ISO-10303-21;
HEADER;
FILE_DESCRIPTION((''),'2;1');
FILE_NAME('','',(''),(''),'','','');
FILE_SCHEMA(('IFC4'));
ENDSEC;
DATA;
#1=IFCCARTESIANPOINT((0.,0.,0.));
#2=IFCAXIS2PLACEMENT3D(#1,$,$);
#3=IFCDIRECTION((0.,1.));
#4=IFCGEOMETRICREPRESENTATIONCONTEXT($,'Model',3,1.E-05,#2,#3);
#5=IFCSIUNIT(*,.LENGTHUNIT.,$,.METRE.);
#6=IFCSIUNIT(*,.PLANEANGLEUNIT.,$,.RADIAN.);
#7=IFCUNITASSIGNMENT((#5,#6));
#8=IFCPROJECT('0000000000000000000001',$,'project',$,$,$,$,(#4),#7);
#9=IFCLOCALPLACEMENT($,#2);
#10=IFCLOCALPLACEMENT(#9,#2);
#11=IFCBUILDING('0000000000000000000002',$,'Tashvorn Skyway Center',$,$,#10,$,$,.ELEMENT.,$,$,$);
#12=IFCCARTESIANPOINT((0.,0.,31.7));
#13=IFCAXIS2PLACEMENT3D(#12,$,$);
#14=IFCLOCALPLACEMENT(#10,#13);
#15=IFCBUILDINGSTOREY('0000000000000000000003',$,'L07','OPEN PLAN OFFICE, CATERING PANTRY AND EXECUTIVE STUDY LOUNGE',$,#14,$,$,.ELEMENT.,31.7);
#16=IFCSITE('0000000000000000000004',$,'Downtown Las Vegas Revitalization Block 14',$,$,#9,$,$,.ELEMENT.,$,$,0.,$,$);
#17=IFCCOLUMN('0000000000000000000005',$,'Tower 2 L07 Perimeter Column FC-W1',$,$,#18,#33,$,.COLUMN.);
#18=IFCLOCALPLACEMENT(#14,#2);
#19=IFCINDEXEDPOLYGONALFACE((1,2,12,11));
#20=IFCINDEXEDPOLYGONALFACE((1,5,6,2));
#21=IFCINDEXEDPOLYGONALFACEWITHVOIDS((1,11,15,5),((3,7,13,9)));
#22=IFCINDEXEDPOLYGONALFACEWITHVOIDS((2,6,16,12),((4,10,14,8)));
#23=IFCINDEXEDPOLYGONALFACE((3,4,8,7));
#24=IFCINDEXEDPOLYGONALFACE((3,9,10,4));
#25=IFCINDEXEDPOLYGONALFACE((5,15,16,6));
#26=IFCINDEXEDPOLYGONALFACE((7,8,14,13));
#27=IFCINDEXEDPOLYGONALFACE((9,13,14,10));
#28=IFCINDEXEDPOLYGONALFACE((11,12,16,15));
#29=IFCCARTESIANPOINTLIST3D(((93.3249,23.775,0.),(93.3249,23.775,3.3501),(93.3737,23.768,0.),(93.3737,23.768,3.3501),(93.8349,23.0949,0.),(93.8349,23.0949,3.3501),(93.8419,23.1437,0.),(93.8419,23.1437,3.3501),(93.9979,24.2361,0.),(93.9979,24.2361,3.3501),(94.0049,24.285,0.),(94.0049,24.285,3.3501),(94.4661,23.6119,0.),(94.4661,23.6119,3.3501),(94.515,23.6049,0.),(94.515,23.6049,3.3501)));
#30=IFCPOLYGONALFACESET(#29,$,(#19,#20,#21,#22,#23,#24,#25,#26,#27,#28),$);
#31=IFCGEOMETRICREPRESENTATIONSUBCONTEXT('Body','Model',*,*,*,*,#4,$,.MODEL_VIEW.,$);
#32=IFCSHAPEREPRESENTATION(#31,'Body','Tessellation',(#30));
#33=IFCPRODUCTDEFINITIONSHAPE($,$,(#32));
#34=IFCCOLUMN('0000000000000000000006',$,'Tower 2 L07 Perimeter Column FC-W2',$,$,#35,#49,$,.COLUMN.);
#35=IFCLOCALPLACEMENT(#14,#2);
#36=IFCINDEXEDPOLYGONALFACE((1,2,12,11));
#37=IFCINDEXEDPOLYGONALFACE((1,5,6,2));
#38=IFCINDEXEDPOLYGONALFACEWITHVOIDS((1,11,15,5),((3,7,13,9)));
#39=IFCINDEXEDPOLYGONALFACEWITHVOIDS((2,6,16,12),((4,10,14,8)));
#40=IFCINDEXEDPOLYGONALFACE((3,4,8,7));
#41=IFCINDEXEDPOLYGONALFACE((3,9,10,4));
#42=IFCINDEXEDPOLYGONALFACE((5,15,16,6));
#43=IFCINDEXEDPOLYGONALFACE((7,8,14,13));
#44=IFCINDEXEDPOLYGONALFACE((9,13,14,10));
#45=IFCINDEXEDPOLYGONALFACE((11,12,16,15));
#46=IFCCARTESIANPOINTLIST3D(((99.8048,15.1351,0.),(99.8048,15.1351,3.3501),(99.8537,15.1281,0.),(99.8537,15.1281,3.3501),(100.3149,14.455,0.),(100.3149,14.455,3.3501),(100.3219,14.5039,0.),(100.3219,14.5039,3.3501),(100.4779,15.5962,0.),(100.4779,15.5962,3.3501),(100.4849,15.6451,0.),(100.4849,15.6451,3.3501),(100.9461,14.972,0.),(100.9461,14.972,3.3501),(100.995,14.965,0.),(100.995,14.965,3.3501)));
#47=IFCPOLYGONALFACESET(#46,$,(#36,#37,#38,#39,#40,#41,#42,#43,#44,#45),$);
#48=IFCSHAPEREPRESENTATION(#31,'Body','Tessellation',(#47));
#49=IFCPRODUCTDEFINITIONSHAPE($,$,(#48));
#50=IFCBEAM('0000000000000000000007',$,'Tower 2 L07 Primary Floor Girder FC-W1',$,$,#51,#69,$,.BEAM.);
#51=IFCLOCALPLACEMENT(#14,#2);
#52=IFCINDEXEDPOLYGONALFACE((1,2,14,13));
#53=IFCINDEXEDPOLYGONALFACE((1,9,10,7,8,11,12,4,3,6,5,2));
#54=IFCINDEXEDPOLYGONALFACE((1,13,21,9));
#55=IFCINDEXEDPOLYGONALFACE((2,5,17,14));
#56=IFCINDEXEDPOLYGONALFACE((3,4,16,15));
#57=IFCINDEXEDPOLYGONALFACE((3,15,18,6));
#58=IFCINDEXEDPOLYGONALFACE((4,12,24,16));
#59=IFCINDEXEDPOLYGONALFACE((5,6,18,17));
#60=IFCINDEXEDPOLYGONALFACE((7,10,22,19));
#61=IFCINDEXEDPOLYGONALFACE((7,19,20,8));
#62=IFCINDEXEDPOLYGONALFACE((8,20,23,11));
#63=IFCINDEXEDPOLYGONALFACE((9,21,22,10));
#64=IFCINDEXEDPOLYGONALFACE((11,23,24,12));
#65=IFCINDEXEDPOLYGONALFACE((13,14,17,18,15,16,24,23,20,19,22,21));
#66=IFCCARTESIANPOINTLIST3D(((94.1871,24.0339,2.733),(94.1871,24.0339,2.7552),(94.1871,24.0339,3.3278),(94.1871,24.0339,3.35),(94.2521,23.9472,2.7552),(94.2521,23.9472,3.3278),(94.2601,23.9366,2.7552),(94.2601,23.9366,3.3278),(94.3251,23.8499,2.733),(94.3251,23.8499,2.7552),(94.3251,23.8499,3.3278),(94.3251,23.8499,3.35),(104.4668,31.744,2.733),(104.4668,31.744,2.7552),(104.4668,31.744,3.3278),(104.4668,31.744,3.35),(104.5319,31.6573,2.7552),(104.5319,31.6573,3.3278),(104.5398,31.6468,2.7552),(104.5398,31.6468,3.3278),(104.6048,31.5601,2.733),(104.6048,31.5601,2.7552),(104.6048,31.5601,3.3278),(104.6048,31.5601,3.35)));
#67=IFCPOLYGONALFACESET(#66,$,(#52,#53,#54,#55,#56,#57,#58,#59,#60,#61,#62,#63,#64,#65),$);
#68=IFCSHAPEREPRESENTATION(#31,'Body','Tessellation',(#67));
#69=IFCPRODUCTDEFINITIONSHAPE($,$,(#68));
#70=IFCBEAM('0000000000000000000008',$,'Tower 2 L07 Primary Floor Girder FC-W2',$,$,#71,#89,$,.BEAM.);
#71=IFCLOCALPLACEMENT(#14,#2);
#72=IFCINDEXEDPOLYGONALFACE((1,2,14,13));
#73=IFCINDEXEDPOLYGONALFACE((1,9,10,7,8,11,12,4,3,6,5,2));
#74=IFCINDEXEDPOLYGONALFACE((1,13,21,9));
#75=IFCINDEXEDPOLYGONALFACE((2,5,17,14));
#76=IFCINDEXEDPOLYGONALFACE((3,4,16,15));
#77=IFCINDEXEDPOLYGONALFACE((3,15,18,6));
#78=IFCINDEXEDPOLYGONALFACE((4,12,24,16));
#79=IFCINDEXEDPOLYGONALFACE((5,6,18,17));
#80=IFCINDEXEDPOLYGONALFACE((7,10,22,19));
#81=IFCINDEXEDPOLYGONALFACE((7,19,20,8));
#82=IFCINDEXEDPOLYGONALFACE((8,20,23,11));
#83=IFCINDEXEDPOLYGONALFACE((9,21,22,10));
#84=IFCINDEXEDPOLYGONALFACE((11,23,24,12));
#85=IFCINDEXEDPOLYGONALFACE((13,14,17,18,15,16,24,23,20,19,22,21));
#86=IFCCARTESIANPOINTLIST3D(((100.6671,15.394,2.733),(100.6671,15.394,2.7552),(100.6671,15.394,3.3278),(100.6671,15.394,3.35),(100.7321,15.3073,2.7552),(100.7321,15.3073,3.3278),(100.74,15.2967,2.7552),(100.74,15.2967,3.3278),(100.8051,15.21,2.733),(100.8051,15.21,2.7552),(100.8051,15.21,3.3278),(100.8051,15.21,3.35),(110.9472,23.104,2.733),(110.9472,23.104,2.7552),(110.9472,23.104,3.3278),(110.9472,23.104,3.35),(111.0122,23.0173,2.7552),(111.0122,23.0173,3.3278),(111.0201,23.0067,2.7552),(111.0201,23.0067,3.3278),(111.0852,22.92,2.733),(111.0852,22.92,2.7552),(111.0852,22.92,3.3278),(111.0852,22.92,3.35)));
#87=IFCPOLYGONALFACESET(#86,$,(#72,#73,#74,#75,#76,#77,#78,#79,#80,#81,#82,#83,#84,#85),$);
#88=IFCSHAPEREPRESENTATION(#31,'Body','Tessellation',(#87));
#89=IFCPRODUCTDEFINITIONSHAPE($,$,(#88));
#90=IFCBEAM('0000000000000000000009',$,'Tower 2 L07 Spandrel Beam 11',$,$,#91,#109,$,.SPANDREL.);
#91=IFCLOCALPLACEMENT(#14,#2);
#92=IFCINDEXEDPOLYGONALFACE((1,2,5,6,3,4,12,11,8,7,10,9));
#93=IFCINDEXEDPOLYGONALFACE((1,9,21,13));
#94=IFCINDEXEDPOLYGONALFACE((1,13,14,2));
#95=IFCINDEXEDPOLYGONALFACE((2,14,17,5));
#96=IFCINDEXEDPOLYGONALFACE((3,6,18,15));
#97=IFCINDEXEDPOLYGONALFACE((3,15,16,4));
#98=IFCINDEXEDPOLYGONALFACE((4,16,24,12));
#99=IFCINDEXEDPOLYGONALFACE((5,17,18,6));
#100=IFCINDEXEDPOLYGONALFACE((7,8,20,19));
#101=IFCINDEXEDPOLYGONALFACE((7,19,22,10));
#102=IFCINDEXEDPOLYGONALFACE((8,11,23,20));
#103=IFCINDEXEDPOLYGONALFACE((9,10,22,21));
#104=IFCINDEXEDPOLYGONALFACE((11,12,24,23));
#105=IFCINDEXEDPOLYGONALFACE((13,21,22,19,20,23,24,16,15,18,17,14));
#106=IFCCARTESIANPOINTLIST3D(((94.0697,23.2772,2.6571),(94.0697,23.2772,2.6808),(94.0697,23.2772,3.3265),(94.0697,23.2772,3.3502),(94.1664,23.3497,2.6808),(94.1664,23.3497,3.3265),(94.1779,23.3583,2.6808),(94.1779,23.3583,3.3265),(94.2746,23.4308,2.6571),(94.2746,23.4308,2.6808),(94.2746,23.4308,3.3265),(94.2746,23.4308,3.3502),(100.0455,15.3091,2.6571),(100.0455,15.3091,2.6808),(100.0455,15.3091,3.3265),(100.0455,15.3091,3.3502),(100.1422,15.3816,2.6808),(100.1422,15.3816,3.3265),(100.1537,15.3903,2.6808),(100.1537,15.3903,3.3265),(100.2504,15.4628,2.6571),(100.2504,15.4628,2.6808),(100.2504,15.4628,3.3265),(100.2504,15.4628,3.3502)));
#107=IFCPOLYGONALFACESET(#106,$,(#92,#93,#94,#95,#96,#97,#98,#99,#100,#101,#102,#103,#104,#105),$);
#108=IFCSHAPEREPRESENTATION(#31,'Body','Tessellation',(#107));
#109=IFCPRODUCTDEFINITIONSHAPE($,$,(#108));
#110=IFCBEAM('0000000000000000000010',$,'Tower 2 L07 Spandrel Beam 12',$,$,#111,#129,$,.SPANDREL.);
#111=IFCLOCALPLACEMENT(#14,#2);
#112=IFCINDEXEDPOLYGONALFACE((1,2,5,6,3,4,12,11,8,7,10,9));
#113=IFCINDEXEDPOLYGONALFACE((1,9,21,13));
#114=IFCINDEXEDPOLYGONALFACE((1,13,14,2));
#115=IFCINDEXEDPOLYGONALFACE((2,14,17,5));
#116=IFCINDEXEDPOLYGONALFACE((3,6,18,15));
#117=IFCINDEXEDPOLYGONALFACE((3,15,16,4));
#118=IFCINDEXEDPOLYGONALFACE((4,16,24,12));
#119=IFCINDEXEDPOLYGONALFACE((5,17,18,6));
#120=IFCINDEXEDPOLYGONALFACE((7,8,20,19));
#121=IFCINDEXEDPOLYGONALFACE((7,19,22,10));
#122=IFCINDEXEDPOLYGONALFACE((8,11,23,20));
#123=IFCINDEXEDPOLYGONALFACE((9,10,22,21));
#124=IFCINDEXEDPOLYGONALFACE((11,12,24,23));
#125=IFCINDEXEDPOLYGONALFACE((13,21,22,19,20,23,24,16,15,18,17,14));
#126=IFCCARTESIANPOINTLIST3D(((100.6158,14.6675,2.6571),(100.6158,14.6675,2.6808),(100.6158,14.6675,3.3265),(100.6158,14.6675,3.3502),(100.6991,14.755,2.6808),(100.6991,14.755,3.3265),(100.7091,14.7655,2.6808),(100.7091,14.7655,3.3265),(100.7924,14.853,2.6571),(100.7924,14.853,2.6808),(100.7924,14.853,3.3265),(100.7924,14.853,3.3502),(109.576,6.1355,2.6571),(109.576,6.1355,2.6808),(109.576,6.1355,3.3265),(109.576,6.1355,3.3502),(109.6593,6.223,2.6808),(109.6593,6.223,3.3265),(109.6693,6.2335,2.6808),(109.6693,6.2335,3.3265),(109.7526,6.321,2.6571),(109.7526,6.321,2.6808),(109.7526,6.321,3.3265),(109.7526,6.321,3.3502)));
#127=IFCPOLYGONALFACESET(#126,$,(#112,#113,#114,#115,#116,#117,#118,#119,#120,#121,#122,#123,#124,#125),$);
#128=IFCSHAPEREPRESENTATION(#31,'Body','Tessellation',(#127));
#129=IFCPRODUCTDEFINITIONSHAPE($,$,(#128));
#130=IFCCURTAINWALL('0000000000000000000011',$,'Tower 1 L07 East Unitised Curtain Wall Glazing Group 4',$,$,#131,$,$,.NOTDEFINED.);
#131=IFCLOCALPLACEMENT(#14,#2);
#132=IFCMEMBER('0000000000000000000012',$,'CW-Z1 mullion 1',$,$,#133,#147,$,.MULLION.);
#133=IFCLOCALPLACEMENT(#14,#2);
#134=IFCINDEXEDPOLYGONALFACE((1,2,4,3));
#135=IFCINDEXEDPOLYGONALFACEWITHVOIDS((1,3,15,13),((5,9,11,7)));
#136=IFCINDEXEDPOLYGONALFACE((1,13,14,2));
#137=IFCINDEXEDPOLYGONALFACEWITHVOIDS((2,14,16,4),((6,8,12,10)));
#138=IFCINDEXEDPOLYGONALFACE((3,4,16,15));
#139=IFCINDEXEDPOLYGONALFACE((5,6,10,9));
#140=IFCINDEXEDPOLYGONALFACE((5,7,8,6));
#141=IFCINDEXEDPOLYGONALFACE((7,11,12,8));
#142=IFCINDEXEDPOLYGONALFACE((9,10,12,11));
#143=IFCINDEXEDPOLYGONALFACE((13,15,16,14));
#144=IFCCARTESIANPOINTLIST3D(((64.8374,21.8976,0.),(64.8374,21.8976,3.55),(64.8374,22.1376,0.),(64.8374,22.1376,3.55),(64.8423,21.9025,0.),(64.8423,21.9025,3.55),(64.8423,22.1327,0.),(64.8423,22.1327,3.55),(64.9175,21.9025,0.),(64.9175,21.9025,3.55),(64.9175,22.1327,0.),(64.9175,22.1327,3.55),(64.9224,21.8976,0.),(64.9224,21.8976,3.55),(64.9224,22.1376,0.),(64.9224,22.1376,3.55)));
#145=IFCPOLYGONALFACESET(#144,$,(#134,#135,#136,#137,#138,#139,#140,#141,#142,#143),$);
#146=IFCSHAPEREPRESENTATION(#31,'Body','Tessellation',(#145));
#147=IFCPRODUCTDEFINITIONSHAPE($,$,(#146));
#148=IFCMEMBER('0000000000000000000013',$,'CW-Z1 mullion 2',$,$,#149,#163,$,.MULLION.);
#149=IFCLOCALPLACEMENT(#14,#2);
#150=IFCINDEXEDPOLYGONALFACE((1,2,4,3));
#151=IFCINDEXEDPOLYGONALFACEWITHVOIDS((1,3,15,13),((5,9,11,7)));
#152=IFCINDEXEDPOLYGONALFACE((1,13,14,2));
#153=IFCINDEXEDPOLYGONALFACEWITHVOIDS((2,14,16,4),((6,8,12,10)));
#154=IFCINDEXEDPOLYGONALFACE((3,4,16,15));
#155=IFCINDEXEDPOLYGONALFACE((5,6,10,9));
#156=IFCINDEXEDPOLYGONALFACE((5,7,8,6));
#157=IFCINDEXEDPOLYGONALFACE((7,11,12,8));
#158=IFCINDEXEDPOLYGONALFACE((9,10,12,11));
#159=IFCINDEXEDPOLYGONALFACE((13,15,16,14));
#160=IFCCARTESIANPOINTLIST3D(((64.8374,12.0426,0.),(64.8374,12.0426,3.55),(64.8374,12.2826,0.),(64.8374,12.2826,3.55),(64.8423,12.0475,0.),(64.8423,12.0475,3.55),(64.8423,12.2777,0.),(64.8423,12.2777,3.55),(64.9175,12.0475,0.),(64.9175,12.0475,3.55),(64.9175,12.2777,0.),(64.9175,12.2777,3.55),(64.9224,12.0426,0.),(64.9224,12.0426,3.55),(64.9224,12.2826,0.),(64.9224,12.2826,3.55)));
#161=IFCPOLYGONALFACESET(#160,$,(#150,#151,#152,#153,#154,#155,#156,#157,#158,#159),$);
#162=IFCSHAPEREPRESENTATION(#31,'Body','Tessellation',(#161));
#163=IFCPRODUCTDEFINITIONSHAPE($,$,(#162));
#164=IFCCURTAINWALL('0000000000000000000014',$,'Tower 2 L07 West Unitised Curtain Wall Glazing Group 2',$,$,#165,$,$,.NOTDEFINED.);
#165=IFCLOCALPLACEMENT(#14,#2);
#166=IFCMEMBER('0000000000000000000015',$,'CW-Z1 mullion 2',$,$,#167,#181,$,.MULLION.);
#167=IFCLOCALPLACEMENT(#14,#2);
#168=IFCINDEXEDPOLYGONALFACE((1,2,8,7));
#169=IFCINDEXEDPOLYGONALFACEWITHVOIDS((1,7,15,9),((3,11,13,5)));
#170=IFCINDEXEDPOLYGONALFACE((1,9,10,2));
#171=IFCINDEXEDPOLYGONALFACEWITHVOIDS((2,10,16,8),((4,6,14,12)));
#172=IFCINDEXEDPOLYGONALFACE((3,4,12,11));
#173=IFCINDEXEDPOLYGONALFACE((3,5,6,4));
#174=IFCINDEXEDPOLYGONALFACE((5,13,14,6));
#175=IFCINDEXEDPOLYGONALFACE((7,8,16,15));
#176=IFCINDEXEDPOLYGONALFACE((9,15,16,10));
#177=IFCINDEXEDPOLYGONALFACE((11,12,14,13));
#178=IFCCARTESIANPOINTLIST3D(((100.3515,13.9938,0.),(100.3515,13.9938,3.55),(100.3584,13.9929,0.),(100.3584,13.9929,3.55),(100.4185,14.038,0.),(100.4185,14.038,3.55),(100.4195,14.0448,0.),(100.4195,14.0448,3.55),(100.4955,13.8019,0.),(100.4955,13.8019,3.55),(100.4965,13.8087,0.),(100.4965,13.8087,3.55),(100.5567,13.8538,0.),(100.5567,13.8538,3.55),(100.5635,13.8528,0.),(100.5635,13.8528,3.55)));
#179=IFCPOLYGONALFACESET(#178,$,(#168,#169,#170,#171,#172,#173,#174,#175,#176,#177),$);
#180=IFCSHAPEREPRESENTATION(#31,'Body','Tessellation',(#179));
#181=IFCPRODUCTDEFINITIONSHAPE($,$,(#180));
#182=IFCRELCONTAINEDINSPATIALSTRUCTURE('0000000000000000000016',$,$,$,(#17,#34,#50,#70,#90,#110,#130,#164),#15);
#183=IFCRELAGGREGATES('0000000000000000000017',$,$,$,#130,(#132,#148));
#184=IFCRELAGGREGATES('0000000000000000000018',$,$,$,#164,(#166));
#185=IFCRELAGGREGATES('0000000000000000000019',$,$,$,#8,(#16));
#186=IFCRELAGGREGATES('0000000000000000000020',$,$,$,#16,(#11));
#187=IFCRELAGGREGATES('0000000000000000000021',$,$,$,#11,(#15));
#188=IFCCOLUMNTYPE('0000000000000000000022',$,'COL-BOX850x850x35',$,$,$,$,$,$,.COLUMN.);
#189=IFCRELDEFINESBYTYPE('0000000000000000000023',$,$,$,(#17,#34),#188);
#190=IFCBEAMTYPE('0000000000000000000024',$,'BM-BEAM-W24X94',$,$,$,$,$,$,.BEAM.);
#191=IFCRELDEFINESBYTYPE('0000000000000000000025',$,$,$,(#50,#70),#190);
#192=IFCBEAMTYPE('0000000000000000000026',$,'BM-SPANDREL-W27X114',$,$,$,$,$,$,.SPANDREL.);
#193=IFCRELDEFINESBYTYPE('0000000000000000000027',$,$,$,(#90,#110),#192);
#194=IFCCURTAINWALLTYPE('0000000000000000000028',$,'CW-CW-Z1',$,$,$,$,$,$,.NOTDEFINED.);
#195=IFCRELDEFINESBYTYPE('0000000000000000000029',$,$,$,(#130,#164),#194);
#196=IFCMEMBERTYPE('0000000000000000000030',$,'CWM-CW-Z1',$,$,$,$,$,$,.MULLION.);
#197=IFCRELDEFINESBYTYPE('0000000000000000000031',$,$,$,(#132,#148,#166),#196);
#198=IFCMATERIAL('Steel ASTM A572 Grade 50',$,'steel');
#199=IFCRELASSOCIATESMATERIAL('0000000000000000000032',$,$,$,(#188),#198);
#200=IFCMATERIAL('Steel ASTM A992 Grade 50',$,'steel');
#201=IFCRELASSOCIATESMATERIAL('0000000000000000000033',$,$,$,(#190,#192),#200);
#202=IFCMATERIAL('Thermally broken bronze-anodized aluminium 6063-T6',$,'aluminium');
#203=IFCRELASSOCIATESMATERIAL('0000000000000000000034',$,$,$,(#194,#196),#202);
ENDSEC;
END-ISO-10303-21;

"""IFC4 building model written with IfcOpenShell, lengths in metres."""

from ifc_helpers import new_model, si_unit, direction, frame, origin, origin_2d, place, context, subcontext, project, spatial, hollow_rectangle, i_section, extrude, material, material_profile, profile_set, type_object, element, aggregate, save


model = new_model("IFC4")

# Units and contexts
model_context = context("Model", 3, precision=1e-05, world=origin(), true_north=direction((0.0, 1.0)))
body_context = subcontext(model_context, "Body", "Model", "MODEL_VIEW")
ifc_project = project(units=[si_unit("LENGTHUNIT", "METRE"), si_unit("PLANEANGLEUNIT", "RADIAN")], contexts=[model_context])

# Site, building, storey
site_placement = place(None, origin())
site = spatial("IfcSite", under=ifc_project, at=site_placement, Name="Downtown Las Vegas Revitalization Block 14", CompositionType="ELEMENT", RefElevation=0.0)
building_placement = place(site_placement, origin())
building = spatial("IfcBuilding", under=site, at=building_placement, Name="Tashvorn Skyway Center", CompositionType="ELEMENT")
storey_placement = place(building_placement, frame((0.0, 0.0, 31.7)))
storey = spatial("IfcBuildingStorey", under=building, at=storey_placement, Name="L07", Description="OPEN PLAN OFFICE, CATERING PANTRY AND EXECUTIVE STUDY LOUNGE", CompositionType="ELEMENT", Elevation=31.7)

# Columns
ifc_material_1 = material(Name="Steel ASTM A572 Grade 50", Category="steel")
ifc_material_profile_1 = material_profile(ifc_material_1, hollow_rectangle(XDim=0.8501, YDim=0.8501, WallThickness=0.0349, at=origin_2d()), Name="BOX850x850x35")
ifc_profile_set_1 = profile_set([ifc_material_profile_1], Name="Steel ASTM A572 Grade 50")
column_type = type_object("IfcColumnType", Name="COL-BOX850x850x35", PredefinedType="COLUMN", material=ifc_profile_set_1)
for number, where, z_axis, x_axis, name in (
    (1, (93.9199, 23.6899, 0.0), (0.0, 0.0, 1.0), (0.8, 0.6, 0.0), "Tower 2 L07 Perimeter Column FC-W1"),
    (2, (100.3999, 15.05, 0.0), (0.0, 0.0, 1.0), (0.8, 0.6, 0.0), "Tower 2 L07 Perimeter Column FC-W2"),
):
    element("IfcColumn", number, at=place(storey_placement, frame(where, z_axis=z_axis, x_axis=x_axis)), inside=storey, type_object=column_type, Name=name, PredefinedType="COLUMN", context=body_context, shape_type="SweptSolid", body=[
        extrude(hollow_rectangle(XDim=0.8501, YDim=0.8501, WallThickness=0.0349, at=origin_2d()), origin(), (0.0, 0.0, 1.0), 3.3501),
    ])

# Beams
ifc_material_2 = material(Name="Steel ASTM A992 Grade 50", Category="steel")
ifc_material_profile_2 = material_profile(ifc_material_2, i_section(OverallWidth=0.23, OverallDepth=0.6169, WebThickness=0.0132, FlangeThickness=0.0222, at=origin_2d()), Name="W24X94")
ifc_profile_set_2 = profile_set([ifc_material_profile_2], Name="Steel ASTM A992 Grade 50")
beam_type_1 = type_object("IfcBeamType", Name="BM-BEAM-W24X94", PredefinedType="BEAM", material=ifc_profile_set_2)
beam_1_placement = place(storey_placement, frame((94.2561, 23.9419, 3.0415), z_axis=(0.799986, 0.600018, 0.0), x_axis=(-0.600018, 0.799986, 0.0)))
element("IfcBeam", 3, at=beam_1_placement, inside=storey, type_object=beam_type_1, Name="Tower 2 L07 Primary Floor Girder FC-W1", PredefinedType="BEAM", context=body_context, shape_type="SweptSolid", body=[
    extrude(i_section(OverallWidth=0.23, OverallDepth=0.6169, WebThickness=0.0132, FlangeThickness=0.0222, at=origin_2d()), origin(), (0.0, 0.0, 1.0), 12.8499),
])
beam_2_placement = place(storey_placement, frame((100.7361, 15.302, 3.0415), z_axis=(0.800002, 0.599997, 0.0), x_axis=(-0.599997, 0.800002, 0.0)))
element("IfcBeam", 4, at=beam_2_placement, inside=storey, type_object=beam_type_1, Name="Tower 2 L07 Primary Floor Girder FC-W2", PredefinedType="BEAM", context=body_context, shape_type="SweptSolid", body=[
    extrude(i_section(OverallWidth=0.23, OverallDepth=0.6169, WebThickness=0.0132, FlangeThickness=0.0222, at=origin_2d()), origin(), (0.0, 0.0, 1.0), 12.8501),
])
ifc_material_profile_3 = material_profile(ifc_material_2, i_section(OverallWidth=0.2561, OverallDepth=0.6931, WebThickness=0.0144, FlangeThickness=0.0237, at=origin_2d()), Name="W27X114")
ifc_profile_set_3 = profile_set([ifc_material_profile_3], Name="Steel ASTM A992 Grade 50")
beam_type_2 = type_object("IfcBeamType", Name="BM-SPANDREL-W27X114", PredefinedType="SPANDREL", material=ifc_profile_set_3)
beam_3_placement = place(storey_placement, frame((94.1721, 23.354, 3.0037), z_axis=(0.599988, -0.800009, 0.0), x_axis=(0.800009, 0.599988, 0.0)))
element("IfcBeam", 5, at=beam_3_placement, inside=storey, type_object=beam_type_2, Name="Tower 2 L07 Spandrel Beam 11", PredefinedType="SPANDREL", context=body_context, shape_type="SweptSolid", body=[
    extrude(i_section(OverallWidth=0.2561, OverallDepth=0.6931, WebThickness=0.0144, FlangeThickness=0.0237, at=origin_2d()), origin(), (0.0, 0.0, 1.0), 9.96),
])
beam_4_placement = place(storey_placement, frame((100.7041, 14.7603, 3.0037), z_axis=(0.7242, -0.68959, 0.0), x_axis=(0.68959, 0.7242, 0.0)))
element("IfcBeam", 6, at=beam_4_placement, inside=storey, type_object=beam_type_2, Name="Tower 2 L07 Spandrel Beam 12", PredefinedType="SPANDREL", context=body_context, shape_type="SweptSolid", body=[
    extrude(i_section(OverallWidth=0.2561, OverallDepth=0.6931, WebThickness=0.0144, FlangeThickness=0.0237, at=origin_2d()), origin(), (0.0, 0.0, 1.0), 12.3726),
])

# Curtain wall, members
ifc_material_3 = material(Name="Thermally broken bronze-anodized aluminium 6063-T6", Category="aluminium")
curtain_wall_type = type_object("IfcCurtainWallType", Name="CW-CW-Z1", PredefinedType="NOTDEFINED", material=ifc_material_3)
curtain_wall_1_placement = place(storey_placement, origin())
curtain_wall_1 = element("IfcCurtainWall", 7, at=curtain_wall_1_placement, inside=storey, type_object=curtain_wall_type, Name="Tower 1 L07 East Unitised Curtain Wall Glazing Group 4", PredefinedType="NOTDEFINED")
ifc_material_profile_4 = material_profile(ifc_material_3, hollow_rectangle(XDim=0.085, YDim=0.24, WallThickness=0.0049, at=origin_2d()), Name="ALU-MULL-85x240")
ifc_profile_set_4 = profile_set([ifc_material_profile_4], Name="Thermally broken bronze-anodized aluminium 6063-T6")
member_type_1 = type_object("IfcMemberType", Name="CWM-CW-Z1", PredefinedType="MULLION", material=ifc_profile_set_4)
member_1_placement = place(storey_placement, frame((64.8799, 22.0176, 0.0), z_axis=(0.0, 0.0, 1.0), x_axis=(1.0, 0.0, 0.0)))
member_1 = element("IfcMember", 8, at=member_1_placement, type_object=member_type_1, Name="CW-Z1 mullion 1", PredefinedType="MULLION", context=body_context, shape_type="SweptSolid", body=[
    extrude(hollow_rectangle(XDim=0.085, YDim=0.24, WallThickness=0.0049, at=origin_2d()), origin(), (0.0, 0.0, 1.0), 3.55),
])
member_2_placement = place(storey_placement, frame((64.8799, 12.1626, 0.0), z_axis=(0.0, 0.0, 1.0), x_axis=(1.0, 0.0, 0.0)))
member_2 = element("IfcMember", 9, at=member_2_placement, type_object=member_type_1, Name="CW-Z1 mullion 2", PredefinedType="MULLION", context=body_context, shape_type="SweptSolid", body=[
    extrude(hollow_rectangle(XDim=0.085, YDim=0.24, WallThickness=0.0049, at=origin_2d()), origin(), (0.0, 0.0, 1.0), 3.55),
])

# Curtain wall, member
curtain_wall_2_placement = place(storey_placement, origin())
curtain_wall_2 = element("IfcCurtainWall", 10, at=curtain_wall_2_placement, inside=storey, type_object=curtain_wall_type, Name="Tower 2 L07 West Unitised Curtain Wall Glazing Group 2", PredefinedType="NOTDEFINED")
member_3_placement = place(storey_placement, frame((100.4575, 13.9233, 0.0), z_axis=(0.0, 0.0, 1.0), x_axis=(-0.799996, -0.600005, 0.0)))
member_3 = element("IfcMember", 11, at=member_3_placement, type_object=member_type_1, Name="CW-Z1 mullion 2", PredefinedType="MULLION", context=body_context, shape_type="SweptSolid", body=[
    extrude(hollow_rectangle(XDim=0.085, YDim=0.24, WallThickness=0.0049, at=origin_2d()), origin(), (0.0, 0.0, 1.0), 3.55),
])

aggregate(curtain_wall_1, [member_1, member_2])
aggregate(curtain_wall_2, [member_3])

save(model, "model.ifc")
